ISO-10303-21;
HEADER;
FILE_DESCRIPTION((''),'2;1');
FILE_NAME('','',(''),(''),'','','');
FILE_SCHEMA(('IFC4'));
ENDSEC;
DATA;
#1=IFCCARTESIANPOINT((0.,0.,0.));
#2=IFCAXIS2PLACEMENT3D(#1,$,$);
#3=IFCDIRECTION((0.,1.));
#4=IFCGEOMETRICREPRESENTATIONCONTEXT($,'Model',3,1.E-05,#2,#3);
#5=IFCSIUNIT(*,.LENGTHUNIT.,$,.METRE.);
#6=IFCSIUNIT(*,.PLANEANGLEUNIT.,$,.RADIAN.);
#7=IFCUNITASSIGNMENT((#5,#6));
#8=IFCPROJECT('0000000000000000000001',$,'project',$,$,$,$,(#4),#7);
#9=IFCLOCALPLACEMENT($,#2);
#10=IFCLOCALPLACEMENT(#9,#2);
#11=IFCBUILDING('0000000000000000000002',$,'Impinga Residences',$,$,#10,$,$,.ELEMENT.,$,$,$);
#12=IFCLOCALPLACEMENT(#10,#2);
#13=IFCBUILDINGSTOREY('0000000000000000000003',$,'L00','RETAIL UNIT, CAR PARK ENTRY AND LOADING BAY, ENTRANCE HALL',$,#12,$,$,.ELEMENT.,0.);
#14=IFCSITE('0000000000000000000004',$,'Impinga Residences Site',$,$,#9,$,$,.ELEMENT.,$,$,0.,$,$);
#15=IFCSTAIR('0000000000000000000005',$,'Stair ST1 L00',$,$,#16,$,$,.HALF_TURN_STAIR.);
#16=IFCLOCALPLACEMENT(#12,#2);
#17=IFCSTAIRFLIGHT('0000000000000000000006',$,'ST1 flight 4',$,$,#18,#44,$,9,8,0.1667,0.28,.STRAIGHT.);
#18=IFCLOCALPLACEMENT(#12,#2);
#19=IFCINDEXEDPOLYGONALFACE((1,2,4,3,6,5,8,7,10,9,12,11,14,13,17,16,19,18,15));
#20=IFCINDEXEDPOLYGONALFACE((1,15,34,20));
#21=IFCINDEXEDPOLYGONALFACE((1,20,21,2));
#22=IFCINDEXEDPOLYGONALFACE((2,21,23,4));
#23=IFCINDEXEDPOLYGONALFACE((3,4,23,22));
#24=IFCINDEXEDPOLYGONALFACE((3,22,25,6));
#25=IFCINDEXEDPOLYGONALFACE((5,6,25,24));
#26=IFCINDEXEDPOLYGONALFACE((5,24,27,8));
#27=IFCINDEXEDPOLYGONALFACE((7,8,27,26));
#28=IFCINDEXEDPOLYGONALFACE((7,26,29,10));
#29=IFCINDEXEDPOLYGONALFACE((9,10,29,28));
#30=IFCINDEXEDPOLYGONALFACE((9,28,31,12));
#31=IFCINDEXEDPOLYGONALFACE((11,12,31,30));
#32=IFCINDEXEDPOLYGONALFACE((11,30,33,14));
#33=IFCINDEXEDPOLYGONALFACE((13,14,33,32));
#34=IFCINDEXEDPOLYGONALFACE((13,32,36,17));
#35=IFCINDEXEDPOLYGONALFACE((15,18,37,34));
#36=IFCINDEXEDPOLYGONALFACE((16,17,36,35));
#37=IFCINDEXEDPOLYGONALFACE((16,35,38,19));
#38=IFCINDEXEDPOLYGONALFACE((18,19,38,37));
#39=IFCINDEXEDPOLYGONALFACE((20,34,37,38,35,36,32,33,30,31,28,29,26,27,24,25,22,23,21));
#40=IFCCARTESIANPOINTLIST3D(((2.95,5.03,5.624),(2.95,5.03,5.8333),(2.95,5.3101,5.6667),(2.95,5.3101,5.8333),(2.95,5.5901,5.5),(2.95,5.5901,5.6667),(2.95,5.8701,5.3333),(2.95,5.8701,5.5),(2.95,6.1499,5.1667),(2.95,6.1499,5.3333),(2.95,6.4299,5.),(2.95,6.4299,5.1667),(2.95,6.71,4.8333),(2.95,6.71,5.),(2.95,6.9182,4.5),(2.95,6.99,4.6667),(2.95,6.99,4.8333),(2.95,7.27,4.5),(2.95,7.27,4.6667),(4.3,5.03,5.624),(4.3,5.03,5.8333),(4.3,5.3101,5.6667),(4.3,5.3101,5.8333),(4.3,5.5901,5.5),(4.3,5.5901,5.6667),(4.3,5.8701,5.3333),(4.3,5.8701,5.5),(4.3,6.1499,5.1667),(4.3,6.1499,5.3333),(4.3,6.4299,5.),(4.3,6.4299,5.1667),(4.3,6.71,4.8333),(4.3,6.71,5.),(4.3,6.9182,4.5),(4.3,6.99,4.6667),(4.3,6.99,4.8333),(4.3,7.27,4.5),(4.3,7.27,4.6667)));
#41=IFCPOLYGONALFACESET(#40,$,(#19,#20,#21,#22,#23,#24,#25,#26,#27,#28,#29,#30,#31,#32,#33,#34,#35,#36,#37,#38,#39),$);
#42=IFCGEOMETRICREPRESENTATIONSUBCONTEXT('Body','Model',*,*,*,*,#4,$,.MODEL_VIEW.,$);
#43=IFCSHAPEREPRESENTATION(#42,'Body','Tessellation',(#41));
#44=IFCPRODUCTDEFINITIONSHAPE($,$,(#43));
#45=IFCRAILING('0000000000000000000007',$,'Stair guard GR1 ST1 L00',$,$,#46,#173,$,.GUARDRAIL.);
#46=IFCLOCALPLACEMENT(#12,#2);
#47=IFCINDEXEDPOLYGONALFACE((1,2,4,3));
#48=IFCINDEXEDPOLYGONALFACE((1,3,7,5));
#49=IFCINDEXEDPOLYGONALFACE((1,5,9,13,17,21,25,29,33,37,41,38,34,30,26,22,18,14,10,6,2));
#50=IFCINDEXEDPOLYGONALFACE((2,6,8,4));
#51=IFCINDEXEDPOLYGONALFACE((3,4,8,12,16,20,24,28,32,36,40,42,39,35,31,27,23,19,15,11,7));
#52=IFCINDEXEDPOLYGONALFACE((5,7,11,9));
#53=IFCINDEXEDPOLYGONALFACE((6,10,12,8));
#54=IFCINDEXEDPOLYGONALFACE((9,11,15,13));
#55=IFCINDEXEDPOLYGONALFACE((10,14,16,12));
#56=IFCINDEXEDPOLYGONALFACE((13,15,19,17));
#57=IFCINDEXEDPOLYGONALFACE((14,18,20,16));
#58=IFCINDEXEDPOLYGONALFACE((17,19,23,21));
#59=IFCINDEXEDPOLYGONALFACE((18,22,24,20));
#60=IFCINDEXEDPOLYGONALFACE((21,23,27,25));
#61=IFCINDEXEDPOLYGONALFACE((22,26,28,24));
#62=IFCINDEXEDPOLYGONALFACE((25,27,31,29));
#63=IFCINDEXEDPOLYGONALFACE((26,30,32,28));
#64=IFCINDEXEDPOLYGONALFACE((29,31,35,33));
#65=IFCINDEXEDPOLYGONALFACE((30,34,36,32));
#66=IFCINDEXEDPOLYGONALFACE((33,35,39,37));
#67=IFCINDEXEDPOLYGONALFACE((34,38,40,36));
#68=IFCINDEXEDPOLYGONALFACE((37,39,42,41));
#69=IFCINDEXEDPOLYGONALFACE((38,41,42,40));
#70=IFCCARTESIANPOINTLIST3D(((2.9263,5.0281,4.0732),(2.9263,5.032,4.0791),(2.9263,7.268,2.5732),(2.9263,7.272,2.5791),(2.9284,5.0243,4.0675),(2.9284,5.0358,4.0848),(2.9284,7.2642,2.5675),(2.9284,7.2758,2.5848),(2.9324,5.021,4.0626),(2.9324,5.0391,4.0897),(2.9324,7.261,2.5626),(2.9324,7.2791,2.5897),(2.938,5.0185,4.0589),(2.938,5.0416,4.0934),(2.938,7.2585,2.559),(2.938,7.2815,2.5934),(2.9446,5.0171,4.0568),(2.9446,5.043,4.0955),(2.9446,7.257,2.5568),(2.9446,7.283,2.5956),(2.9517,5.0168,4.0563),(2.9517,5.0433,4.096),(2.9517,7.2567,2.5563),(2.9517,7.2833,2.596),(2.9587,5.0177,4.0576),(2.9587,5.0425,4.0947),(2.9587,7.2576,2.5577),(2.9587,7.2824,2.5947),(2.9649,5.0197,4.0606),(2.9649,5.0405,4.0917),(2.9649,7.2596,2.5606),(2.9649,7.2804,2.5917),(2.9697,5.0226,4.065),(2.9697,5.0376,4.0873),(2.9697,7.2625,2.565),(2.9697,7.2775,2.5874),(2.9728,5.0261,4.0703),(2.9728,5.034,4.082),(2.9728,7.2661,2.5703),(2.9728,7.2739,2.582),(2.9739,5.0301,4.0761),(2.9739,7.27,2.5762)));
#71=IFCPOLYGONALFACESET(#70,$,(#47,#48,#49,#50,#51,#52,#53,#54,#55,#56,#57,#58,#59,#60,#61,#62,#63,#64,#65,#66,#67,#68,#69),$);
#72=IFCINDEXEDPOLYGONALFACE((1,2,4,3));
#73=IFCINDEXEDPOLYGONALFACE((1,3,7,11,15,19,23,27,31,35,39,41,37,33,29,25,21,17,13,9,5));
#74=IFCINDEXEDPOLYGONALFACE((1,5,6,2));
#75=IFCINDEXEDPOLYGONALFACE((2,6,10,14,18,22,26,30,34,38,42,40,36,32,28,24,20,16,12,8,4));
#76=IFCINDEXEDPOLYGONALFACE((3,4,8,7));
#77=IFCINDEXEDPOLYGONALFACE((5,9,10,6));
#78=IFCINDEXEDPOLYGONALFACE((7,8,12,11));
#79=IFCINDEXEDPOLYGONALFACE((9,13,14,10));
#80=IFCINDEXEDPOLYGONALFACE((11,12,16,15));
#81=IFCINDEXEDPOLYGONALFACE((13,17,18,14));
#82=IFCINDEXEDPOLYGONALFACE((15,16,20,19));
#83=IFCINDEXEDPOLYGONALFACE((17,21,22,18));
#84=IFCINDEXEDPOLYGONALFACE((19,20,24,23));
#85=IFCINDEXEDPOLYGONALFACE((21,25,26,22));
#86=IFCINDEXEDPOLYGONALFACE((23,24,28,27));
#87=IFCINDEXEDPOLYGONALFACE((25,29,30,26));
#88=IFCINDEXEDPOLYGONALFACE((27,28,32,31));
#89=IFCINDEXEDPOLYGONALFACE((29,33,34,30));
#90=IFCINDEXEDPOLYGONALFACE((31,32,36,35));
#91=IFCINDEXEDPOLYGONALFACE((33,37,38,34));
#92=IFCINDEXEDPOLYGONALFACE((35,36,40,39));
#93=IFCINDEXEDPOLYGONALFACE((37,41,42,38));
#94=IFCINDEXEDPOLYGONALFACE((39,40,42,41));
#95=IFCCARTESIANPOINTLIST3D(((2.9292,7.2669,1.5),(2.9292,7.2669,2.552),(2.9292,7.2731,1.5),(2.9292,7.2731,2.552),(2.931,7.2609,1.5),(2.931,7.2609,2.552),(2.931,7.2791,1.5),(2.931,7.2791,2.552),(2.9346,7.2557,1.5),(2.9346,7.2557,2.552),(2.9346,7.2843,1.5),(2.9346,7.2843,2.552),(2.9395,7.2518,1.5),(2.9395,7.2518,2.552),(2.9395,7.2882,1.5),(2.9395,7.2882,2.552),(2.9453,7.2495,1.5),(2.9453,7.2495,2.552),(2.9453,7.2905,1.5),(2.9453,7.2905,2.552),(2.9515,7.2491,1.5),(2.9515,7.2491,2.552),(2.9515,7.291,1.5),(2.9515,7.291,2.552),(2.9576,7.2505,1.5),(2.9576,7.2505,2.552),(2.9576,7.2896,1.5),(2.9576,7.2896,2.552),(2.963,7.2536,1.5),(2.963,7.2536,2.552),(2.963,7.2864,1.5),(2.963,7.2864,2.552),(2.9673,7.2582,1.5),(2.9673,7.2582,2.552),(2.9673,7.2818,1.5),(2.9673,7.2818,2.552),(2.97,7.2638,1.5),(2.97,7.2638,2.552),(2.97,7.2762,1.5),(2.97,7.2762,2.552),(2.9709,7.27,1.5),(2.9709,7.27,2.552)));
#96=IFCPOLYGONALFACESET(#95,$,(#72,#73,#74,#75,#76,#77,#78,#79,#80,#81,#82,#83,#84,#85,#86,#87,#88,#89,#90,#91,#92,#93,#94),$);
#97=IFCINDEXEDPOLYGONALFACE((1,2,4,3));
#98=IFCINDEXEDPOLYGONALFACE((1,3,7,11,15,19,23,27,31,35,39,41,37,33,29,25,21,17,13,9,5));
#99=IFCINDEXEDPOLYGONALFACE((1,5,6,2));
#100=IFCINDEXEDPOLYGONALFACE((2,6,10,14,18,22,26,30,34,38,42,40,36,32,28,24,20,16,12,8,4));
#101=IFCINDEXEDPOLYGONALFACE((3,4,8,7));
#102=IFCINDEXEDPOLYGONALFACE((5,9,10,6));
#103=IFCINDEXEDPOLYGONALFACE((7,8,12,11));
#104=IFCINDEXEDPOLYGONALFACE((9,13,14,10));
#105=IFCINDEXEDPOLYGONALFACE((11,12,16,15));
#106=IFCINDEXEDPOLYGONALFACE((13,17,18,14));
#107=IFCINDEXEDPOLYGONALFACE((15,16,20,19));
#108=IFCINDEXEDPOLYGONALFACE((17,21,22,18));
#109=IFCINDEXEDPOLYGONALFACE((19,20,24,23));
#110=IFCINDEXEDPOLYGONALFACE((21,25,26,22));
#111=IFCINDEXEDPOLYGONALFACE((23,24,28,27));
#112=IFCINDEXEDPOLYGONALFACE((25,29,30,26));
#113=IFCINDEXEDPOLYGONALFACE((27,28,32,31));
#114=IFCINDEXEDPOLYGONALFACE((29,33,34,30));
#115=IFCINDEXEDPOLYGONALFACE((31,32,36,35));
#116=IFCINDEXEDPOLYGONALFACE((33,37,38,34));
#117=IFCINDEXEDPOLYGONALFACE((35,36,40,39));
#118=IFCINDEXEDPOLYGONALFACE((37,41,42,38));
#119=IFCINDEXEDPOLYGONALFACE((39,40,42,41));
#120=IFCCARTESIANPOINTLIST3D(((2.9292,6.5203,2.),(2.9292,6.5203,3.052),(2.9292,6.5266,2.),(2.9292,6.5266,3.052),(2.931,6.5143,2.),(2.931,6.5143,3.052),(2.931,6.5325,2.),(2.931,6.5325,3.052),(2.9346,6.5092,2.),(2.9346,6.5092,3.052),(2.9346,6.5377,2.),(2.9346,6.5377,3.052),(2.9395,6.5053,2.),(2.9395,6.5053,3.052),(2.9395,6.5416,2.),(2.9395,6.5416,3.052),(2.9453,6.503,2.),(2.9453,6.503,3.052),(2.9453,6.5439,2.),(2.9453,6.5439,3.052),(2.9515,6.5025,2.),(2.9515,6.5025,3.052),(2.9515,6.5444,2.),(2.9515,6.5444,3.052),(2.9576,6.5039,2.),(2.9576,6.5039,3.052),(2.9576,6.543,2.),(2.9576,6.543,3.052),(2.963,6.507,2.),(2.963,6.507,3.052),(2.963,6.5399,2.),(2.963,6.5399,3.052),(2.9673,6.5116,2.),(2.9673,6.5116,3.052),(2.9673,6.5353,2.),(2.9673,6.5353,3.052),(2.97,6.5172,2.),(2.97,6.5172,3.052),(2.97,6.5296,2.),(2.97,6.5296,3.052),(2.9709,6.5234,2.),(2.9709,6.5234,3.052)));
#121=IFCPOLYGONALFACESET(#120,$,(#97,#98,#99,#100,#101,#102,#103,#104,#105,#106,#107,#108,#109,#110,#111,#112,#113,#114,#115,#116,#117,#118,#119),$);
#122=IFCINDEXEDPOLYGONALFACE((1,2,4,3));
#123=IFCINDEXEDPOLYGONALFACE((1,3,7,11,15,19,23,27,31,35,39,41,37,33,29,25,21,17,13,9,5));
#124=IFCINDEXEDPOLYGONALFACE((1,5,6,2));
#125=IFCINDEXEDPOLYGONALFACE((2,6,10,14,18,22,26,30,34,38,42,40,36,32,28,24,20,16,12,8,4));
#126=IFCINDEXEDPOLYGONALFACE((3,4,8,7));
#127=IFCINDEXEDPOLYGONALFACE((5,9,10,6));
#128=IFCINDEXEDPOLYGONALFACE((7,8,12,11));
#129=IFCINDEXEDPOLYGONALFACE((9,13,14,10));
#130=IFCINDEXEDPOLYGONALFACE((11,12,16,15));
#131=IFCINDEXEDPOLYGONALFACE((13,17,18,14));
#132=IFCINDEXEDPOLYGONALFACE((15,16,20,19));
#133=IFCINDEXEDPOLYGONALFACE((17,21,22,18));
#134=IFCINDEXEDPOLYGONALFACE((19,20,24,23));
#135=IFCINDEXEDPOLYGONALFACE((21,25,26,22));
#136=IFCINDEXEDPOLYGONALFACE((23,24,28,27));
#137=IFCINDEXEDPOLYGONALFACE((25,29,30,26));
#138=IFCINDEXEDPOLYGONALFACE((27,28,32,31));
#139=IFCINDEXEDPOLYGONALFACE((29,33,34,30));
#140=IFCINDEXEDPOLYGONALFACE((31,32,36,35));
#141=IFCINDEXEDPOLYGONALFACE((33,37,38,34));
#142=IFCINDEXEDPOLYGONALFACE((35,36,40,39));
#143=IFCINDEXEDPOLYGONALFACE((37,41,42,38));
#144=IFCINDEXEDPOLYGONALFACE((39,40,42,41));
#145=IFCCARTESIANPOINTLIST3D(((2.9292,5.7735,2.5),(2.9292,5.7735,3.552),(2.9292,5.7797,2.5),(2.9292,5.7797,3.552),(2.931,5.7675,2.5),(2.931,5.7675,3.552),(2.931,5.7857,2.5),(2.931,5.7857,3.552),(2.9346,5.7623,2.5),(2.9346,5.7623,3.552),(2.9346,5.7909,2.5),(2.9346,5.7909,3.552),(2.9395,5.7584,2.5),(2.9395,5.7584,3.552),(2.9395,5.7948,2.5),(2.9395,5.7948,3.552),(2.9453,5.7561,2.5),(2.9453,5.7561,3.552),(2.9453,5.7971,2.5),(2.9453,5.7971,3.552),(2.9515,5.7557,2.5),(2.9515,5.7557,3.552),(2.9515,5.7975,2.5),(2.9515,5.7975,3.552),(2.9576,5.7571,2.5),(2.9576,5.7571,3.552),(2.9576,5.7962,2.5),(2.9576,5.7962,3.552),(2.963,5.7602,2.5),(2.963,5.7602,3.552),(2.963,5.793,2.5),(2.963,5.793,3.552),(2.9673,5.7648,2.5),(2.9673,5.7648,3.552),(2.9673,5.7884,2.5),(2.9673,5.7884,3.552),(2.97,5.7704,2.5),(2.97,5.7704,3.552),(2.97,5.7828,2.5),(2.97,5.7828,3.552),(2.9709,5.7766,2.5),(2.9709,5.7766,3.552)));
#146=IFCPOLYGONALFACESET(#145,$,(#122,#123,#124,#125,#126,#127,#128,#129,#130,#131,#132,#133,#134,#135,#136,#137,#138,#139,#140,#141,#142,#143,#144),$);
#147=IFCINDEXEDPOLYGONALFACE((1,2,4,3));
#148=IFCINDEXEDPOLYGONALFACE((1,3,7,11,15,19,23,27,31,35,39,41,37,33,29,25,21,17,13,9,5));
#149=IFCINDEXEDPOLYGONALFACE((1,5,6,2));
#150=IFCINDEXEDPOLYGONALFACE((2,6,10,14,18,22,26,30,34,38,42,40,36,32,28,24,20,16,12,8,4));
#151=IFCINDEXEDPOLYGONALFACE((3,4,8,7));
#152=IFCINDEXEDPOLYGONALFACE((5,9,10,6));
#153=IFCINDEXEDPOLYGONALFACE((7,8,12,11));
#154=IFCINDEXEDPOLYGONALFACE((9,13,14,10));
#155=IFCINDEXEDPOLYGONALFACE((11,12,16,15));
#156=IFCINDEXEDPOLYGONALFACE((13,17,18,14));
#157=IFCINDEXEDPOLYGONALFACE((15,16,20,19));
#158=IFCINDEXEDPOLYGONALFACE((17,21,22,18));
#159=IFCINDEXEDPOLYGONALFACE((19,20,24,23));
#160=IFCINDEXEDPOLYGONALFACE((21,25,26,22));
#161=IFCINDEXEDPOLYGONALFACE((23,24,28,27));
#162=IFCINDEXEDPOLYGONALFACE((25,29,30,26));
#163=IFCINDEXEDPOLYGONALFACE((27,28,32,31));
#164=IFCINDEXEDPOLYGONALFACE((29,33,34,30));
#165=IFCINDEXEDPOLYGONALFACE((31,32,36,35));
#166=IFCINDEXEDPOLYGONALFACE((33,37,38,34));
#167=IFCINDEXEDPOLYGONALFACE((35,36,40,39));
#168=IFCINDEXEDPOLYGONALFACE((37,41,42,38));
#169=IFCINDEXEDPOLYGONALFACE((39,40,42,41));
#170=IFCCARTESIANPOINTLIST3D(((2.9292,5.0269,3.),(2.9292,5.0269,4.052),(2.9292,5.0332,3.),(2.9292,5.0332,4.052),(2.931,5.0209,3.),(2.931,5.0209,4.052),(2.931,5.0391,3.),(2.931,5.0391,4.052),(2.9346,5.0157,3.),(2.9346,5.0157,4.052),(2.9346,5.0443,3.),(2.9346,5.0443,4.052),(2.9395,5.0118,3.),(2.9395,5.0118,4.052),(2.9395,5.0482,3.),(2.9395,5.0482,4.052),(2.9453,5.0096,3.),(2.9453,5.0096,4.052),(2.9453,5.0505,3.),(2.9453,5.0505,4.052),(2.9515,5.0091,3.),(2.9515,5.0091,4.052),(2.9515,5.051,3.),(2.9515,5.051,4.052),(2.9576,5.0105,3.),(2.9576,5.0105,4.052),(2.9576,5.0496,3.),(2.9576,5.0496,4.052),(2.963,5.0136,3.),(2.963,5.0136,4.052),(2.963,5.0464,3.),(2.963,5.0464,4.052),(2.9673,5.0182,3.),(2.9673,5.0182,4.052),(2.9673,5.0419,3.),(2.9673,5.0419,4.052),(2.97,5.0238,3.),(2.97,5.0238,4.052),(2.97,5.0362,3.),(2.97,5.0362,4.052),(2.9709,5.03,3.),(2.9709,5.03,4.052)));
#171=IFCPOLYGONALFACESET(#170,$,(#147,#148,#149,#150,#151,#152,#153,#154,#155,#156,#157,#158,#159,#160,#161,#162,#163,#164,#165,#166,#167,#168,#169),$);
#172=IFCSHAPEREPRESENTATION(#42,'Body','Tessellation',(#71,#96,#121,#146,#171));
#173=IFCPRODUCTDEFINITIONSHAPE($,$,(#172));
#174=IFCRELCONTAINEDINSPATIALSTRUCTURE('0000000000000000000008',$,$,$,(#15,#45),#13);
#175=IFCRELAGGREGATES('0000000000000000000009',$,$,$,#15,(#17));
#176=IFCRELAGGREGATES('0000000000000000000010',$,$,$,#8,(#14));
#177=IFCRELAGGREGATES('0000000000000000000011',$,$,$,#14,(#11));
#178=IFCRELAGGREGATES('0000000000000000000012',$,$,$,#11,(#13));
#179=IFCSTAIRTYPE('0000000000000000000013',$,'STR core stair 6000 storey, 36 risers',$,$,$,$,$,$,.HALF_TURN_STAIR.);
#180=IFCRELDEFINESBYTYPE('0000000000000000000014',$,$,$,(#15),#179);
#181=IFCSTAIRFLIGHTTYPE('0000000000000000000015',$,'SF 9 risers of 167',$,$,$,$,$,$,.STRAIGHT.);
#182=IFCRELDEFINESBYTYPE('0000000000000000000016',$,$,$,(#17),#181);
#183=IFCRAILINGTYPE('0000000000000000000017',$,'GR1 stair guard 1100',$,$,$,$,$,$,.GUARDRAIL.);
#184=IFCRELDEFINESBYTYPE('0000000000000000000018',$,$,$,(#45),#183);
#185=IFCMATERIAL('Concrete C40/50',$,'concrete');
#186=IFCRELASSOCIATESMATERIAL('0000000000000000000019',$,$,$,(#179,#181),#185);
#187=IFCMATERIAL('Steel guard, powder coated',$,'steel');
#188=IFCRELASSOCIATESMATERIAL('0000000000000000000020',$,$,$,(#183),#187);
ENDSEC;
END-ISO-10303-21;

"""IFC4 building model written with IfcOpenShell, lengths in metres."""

from ifc_helpers import new_model, si_unit, direction, frame, origin, origin_2d, place, context, subcontext, project, spatial, polyline, circle, outline, extrude, material, type_object, element, aggregate, save


model = new_model("IFC4")

# Units and contexts
model_context = context("Model", 3, precision=1e-05, world=origin(), true_north=direction((0.0, 1.0)))
body_context = subcontext(model_context, "Body", "Model", "MODEL_VIEW")
ifc_project = project(units=[si_unit("LENGTHUNIT", "METRE"), si_unit("PLANEANGLEUNIT", "RADIAN")], contexts=[model_context])

# Site, building, storey
site_placement = place(None, origin())
site = spatial("IfcSite", under=ifc_project, at=site_placement, Name="Impinga Residences Site", CompositionType="ELEMENT", RefElevation=0.0)
building_placement = place(site_placement, origin())
building = spatial("IfcBuilding", under=site, at=building_placement, Name="Impinga Residences", CompositionType="ELEMENT")
storey_placement = place(building_placement, origin())
storey = spatial("IfcBuildingStorey", under=building, at=storey_placement, Name="L00", Description="RETAIL UNIT, CAR PARK ENTRY AND LOADING BAY, ENTRANCE HALL", CompositionType="ELEMENT", Elevation=0.0)

# Stair, stair flight
ifc_material_1 = material(Name="Concrete C40/50", Category="concrete")
stair_type = type_object("IfcStairType", Name="STR core stair 6000 storey, 36 risers", PredefinedType="HALF_TURN_STAIR", material=ifc_material_1)
stair_placement = place(storey_placement, origin())
stair = element("IfcStair", 1, at=stair_placement, inside=storey, type_object=stair_type, Name="Stair ST1 L00", PredefinedType="HALF_TURN_STAIR")
stair_flight_type = type_object("IfcStairFlightType", Name="SF 9 risers of 167", PredefinedType="STRAIGHT", material=ifc_material_1)
stair_flight_1_placement = place(storey_placement, frame((3.625, 7.27, 4.5), z_axis=(0.0, 0.0, 1.0), x_axis=(0.0, -1.0, 0.0)))
stair_flight_1 = element("IfcStairFlight", 2, at=stair_flight_1_placement, type_object=stair_flight_type, Name="ST1 flight 4", NumberOfRisers=9, NumberOfTreads=8, PredefinedType="STRAIGHT", RiserHeight=0.1667, TreadLength=0.28, context=body_context, shape_type="SweptSolid", body=[
    extrude(outline(polyline([(0.0, 0.0), (0.0, 0.1667), (0.28, 0.1667), (0.28, 0.3333), (0.5601, 0.3333), (0.5601, 0.5), (0.8401, 0.5), (0.8401, 0.6667), (1.1201, 0.6667), (1.1201, 0.8333), (1.3999, 0.8333), (1.3999, 1.0), (1.6799, 1.0), (1.6799, 1.1667), (1.96, 1.1667), (1.96, 1.3333), (2.24, 1.3333), (2.24, 1.5), (2.24, 1.124), (0.3518, 0.0), (0.0, 0.0)])), frame((0.0, 0.675, 0.0), z_axis=(0.0, -1.0, 0.0), x_axis=(1.0, 0.0, 0.0)), (0.0, 0.0, 1.0), 1.3501),
])
aggregate(stair, [stair_flight_1])

# Railing
ifc_material_2 = material(Name="Steel guard, powder coated", Category="steel")
railing_type_1 = type_object("IfcRailingType", Name="GR1 stair guard 1100", PredefinedType="GUARDRAIL", material=ifc_material_2)
for number, where, name in (
    (3, (2.95, 7.27, 1.5), "Stair guard GR1 ST1 L00"),
):
    element("IfcRailing", number, at=place(storey_placement, frame(where)), inside=storey, type_object=railing_type_1, Name=name, PredefinedType="GUARDRAIL", context=body_context, shape_type="SweptSolid", body=[
        extrude(circle(Radius=0.0239, at=origin_2d()), frame((0.0, 0.0, 1.0762), z_axis=(0.0, -0.830906, 0.556413), x_axis=(1.0, 0.0, 0.0)), (0.0, 0.0, 1.0), 2.6958),
        extrude(circle(Radius=0.021, at=origin_2d()), origin(), (0.0, 0.0, 1.0), 1.052),
        extrude(circle(Radius=0.021, at=origin_2d()), frame((0.0, -0.7466, 0.5)), (0.0, 0.0, 1.0), 1.052),
        extrude(circle(Radius=0.021, at=origin_2d()), frame((0.0, -1.4934, 1.0)), (0.0, 0.0, 1.0), 1.052),
        extrude(circle(Radius=0.021, at=origin_2d()), frame((0.0, -2.24, 1.5)), (0.0, 0.0, 1.0), 1.052),
    ])

save(model, "model.ifc")
